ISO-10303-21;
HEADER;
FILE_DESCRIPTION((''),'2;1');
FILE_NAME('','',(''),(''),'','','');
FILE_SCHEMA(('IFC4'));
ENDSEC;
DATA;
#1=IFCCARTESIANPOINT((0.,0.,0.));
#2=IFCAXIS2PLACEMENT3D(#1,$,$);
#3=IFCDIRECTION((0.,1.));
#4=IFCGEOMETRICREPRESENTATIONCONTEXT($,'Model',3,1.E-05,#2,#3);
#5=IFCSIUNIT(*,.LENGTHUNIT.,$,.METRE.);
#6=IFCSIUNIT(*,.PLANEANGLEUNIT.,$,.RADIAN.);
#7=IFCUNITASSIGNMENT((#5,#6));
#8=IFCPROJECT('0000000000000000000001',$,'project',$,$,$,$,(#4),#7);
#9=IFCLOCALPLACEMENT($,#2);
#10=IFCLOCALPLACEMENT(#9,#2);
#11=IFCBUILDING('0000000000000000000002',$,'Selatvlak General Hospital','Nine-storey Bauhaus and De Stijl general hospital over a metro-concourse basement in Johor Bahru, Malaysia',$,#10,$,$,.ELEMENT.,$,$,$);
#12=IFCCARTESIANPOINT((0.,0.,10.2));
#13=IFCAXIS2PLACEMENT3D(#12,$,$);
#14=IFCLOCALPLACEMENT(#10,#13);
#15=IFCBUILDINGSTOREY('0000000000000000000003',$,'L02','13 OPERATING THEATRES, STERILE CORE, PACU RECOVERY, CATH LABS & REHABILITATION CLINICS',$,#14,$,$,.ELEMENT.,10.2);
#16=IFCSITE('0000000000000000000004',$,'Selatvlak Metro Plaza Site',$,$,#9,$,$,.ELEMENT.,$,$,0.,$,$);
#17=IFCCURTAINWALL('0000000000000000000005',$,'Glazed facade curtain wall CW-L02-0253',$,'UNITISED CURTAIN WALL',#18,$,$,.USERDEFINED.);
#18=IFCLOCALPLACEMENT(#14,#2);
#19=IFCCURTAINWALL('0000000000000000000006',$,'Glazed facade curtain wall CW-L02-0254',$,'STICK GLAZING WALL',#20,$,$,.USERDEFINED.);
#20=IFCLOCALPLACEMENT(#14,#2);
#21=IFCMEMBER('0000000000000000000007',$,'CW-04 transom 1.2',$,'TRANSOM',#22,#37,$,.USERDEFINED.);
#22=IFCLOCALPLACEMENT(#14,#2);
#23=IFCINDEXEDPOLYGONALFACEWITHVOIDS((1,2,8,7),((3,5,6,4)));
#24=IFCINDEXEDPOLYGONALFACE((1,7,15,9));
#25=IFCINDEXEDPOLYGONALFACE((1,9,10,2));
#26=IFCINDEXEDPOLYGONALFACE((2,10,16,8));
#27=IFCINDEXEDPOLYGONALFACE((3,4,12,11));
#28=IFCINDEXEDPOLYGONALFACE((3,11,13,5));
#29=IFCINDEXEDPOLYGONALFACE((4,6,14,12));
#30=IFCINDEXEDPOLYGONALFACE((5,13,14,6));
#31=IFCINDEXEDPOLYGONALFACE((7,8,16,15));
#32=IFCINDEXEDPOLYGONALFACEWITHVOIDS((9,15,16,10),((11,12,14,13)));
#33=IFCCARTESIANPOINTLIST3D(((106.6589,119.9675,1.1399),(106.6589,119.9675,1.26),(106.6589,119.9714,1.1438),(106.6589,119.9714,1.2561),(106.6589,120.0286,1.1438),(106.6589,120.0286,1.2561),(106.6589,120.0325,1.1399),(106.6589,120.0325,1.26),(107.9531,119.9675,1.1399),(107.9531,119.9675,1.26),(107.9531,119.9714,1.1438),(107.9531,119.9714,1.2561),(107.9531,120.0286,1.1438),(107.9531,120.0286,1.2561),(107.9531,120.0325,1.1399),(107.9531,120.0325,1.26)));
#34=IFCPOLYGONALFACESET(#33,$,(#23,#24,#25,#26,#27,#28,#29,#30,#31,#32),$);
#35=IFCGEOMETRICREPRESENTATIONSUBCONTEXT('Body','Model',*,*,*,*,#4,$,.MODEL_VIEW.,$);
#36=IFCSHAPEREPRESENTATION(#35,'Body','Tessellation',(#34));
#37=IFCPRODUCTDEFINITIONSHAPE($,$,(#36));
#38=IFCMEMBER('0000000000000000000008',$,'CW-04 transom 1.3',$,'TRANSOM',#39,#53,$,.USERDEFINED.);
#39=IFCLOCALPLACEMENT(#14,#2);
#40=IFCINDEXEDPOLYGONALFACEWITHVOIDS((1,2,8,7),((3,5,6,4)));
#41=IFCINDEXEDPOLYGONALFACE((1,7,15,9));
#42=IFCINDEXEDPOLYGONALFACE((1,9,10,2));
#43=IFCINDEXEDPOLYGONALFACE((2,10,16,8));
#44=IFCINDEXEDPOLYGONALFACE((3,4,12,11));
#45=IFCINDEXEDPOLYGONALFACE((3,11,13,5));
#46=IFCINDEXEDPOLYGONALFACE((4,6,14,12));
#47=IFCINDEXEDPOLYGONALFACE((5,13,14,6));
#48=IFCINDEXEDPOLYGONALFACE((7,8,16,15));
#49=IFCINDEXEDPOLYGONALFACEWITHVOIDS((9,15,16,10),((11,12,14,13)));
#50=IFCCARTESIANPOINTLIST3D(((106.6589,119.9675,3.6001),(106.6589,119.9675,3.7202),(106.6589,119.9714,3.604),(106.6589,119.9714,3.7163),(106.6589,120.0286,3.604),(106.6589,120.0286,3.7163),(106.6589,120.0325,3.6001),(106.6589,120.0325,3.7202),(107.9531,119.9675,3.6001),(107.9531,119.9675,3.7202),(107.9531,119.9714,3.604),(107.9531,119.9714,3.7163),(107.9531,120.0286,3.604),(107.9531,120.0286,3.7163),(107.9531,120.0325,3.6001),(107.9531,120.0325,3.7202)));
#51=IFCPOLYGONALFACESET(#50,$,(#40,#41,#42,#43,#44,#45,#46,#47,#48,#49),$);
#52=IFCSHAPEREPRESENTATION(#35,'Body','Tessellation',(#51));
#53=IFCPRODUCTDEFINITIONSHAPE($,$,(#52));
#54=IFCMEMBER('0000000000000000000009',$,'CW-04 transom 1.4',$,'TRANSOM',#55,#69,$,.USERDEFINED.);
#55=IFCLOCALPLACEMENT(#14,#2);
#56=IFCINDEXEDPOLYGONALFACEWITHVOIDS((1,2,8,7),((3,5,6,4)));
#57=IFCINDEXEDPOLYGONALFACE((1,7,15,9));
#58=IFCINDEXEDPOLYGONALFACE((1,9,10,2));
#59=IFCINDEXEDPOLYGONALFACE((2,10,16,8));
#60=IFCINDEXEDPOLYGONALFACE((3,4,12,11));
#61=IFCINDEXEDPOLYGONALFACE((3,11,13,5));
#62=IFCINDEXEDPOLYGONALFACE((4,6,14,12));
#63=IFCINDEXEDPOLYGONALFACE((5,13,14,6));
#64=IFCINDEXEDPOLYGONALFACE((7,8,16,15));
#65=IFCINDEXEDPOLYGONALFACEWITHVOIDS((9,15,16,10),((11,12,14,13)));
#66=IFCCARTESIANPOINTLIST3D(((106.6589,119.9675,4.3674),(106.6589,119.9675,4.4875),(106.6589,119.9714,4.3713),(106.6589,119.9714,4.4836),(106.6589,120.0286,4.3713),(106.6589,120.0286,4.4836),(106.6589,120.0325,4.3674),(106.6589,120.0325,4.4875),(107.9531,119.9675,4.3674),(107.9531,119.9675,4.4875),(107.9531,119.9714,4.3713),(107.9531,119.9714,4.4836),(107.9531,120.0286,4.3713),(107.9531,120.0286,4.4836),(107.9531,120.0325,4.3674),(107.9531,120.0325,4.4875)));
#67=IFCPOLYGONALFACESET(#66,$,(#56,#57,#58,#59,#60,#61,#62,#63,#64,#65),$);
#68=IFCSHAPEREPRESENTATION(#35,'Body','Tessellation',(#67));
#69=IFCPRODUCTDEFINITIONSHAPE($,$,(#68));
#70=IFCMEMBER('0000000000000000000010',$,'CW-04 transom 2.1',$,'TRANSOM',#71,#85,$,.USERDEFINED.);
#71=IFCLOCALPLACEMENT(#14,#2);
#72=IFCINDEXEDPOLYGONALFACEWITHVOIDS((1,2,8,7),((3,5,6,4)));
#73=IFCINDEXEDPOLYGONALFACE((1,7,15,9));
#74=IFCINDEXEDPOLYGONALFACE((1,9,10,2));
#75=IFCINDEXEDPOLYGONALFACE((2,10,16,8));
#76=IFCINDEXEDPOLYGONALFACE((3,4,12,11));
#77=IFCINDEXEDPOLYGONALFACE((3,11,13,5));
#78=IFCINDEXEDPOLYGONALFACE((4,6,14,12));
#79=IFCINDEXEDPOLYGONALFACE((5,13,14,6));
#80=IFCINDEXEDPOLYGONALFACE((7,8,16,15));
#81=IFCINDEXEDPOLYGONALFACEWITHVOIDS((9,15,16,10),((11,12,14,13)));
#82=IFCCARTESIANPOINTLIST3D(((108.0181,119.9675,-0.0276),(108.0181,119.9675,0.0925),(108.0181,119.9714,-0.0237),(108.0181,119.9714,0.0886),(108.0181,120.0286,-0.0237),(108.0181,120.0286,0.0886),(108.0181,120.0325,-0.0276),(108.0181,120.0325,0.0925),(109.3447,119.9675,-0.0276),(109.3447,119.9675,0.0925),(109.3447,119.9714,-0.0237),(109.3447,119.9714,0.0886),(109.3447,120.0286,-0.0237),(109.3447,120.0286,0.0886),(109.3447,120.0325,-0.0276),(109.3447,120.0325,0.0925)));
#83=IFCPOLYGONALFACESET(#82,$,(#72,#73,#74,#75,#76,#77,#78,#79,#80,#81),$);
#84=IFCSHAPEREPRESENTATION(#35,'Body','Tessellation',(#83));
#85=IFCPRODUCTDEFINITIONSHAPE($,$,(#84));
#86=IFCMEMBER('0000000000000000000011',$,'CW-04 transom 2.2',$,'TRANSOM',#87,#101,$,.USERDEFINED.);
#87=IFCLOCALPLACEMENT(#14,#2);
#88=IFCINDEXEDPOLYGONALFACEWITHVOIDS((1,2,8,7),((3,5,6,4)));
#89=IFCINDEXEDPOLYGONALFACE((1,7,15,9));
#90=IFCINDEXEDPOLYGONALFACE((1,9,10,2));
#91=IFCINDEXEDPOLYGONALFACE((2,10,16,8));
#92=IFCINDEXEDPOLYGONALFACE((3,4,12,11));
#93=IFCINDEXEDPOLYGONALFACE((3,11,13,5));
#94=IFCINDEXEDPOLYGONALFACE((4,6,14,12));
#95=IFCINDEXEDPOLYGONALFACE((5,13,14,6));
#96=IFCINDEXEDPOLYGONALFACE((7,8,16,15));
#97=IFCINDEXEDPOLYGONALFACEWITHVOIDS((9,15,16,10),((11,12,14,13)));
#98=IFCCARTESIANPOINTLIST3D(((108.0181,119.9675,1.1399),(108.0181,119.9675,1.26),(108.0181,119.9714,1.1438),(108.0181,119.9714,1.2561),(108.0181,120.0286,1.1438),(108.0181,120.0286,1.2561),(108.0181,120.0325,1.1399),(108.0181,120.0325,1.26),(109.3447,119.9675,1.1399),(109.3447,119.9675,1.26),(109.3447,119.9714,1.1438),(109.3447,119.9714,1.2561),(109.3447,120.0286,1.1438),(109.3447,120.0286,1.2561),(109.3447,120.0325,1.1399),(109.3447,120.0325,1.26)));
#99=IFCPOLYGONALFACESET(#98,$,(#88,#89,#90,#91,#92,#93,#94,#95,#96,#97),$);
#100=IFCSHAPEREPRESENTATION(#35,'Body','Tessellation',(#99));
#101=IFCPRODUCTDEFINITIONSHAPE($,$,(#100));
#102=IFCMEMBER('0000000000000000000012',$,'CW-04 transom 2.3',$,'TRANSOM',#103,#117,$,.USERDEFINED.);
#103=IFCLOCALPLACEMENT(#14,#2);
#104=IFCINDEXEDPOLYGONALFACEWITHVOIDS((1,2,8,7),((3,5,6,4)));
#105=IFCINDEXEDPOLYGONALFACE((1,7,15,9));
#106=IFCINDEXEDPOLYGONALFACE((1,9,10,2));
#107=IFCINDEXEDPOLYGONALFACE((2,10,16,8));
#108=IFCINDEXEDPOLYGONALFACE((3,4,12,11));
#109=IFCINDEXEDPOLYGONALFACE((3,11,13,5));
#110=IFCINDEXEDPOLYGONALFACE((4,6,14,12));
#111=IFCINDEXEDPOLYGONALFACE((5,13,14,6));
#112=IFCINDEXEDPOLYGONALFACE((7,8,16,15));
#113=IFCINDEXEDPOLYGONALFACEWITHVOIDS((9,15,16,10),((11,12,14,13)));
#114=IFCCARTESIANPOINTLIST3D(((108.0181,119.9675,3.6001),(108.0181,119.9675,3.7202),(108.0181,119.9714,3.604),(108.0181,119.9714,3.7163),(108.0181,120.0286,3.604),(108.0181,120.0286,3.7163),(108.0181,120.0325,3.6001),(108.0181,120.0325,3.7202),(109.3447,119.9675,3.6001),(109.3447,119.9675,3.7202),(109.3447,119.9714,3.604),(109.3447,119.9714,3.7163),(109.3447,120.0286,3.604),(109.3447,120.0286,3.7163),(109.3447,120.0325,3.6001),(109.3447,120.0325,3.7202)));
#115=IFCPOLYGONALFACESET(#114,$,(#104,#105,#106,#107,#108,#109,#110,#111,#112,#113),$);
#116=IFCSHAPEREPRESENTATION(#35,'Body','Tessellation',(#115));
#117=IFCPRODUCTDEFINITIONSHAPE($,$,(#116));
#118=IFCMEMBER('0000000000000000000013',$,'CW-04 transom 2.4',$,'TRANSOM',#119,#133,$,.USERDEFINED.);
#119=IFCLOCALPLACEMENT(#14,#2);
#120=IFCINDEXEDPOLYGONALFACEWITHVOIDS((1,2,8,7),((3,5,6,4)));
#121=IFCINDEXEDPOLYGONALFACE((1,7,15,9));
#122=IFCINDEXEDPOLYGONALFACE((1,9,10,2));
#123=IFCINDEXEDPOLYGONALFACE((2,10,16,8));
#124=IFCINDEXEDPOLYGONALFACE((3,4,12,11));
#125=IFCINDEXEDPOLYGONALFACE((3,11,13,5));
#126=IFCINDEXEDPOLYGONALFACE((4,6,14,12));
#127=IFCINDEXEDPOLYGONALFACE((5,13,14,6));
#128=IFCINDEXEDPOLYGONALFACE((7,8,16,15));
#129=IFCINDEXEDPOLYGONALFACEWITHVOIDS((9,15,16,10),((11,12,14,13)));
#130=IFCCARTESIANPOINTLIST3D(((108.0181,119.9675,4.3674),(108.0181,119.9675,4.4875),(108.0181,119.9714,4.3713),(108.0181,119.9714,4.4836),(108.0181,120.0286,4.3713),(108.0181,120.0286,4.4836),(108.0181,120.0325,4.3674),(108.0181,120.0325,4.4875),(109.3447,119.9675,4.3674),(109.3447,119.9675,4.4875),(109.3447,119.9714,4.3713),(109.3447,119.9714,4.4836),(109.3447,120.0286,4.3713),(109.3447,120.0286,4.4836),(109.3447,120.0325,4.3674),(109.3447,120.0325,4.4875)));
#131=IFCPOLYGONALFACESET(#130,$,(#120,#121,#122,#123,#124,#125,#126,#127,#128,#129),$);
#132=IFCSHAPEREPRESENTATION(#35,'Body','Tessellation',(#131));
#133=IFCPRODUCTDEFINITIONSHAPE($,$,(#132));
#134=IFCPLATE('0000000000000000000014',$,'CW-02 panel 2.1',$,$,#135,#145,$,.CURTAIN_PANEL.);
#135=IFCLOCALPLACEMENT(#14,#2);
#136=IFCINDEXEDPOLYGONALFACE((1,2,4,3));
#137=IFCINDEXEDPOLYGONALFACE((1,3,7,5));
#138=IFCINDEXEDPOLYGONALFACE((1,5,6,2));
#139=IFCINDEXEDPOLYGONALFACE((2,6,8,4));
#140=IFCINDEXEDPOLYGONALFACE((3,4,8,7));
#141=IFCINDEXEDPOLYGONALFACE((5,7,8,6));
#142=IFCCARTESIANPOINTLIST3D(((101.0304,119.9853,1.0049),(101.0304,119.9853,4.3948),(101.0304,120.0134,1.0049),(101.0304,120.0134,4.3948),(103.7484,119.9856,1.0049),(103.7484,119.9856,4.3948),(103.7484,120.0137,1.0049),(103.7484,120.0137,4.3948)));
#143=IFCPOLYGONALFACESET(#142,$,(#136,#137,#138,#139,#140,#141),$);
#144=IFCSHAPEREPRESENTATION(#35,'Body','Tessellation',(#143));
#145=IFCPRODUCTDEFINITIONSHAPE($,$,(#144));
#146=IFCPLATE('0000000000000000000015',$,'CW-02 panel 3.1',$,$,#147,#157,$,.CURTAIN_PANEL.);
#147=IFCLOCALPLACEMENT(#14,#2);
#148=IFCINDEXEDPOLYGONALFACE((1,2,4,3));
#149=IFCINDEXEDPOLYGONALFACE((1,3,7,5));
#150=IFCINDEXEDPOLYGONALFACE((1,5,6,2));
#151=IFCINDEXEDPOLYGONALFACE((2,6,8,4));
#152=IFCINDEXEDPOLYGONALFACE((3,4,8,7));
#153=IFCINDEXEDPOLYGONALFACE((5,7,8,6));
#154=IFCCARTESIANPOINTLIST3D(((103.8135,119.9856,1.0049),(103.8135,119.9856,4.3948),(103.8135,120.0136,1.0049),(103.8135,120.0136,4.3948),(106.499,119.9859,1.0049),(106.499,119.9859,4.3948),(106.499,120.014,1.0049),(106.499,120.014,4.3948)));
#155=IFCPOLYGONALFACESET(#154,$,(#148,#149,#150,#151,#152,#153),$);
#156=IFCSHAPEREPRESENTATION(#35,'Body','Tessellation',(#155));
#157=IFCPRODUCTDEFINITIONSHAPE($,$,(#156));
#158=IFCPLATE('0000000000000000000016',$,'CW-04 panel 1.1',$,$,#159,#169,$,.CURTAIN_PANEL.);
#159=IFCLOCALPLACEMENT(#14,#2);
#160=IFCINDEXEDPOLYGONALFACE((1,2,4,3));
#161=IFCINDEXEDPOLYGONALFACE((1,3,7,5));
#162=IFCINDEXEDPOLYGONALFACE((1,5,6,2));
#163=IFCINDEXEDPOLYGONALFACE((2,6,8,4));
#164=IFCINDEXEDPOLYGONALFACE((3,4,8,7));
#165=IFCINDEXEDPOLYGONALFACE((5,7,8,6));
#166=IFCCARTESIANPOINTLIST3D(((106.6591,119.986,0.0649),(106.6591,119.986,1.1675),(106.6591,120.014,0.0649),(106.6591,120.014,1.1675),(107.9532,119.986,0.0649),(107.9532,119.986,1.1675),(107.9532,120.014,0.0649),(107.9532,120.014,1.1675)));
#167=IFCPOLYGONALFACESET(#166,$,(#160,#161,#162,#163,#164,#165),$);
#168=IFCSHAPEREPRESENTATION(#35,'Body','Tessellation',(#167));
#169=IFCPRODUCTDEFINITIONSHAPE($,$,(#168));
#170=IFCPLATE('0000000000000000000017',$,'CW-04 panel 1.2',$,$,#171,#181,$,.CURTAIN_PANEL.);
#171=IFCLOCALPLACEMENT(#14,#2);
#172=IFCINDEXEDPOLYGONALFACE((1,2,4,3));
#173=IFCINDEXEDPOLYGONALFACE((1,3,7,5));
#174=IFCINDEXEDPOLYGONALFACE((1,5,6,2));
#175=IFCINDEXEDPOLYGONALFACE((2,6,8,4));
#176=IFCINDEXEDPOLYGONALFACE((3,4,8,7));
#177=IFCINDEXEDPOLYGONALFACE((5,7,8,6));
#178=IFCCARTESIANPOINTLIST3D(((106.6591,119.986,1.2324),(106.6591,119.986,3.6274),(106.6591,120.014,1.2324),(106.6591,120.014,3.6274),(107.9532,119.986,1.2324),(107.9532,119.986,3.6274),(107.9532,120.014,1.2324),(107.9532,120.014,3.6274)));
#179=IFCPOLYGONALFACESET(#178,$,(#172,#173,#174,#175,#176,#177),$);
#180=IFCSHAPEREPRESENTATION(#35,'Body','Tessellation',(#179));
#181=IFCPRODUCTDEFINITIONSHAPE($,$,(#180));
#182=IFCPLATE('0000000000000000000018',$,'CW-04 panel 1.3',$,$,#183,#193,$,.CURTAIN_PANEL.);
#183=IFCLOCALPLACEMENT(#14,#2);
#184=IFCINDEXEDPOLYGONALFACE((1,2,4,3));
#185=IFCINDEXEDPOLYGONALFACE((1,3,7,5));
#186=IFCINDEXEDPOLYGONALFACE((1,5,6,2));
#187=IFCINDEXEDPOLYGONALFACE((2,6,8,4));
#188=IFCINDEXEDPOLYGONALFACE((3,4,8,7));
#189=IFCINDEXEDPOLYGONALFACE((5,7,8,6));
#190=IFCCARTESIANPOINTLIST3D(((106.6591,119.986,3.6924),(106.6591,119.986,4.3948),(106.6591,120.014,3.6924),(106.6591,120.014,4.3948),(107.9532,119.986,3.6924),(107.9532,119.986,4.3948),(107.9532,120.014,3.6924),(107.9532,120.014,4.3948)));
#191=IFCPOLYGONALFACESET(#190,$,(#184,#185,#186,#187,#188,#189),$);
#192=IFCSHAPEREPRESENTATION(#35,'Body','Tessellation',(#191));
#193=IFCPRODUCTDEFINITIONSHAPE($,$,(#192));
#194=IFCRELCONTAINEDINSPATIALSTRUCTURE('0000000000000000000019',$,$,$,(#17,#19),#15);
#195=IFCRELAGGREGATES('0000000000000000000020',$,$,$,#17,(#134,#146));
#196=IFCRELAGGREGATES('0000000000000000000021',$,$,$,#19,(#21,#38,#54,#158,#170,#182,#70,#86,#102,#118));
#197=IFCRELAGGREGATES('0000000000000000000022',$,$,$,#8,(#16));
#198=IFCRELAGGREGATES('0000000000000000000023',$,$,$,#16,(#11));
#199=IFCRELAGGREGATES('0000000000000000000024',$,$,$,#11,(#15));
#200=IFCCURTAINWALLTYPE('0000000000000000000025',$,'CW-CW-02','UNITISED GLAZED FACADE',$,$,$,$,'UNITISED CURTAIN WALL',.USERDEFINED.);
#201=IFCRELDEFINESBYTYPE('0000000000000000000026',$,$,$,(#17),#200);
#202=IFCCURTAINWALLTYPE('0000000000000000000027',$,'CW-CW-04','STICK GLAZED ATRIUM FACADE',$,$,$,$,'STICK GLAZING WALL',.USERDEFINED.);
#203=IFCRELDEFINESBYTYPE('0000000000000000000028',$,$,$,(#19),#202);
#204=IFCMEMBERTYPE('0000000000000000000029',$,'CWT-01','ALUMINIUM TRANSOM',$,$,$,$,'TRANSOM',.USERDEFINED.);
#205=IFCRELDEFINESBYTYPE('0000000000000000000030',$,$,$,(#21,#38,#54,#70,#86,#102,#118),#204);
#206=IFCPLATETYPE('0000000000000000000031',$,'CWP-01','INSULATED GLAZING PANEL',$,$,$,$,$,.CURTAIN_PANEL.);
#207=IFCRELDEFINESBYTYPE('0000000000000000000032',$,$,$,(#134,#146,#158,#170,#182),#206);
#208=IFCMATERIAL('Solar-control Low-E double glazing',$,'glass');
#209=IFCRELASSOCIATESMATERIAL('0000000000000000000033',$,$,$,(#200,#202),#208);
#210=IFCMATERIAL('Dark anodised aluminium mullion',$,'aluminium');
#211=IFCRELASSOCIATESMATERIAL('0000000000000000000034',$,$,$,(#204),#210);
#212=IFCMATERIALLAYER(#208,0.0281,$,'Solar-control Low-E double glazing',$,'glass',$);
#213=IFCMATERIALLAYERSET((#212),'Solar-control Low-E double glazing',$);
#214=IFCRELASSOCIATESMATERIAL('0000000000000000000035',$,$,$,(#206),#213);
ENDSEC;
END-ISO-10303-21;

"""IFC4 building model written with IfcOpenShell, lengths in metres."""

from ifc_helpers import new_model, si_unit, direction, frame, origin, origin_2d, place, context, subcontext, project, spatial, rectangle, hollow_rectangle, extrude, material, layer, layer_set, material_profile, profile_set, type_object, element, aggregate, save


model = new_model("IFC4")

# Units and contexts
model_context = context("Model", 3, precision=1e-05, world=origin(), true_north=direction((0.0, 1.0)))
body_context = subcontext(model_context, "Body", "Model", "MODEL_VIEW")
ifc_project = project(units=[si_unit("LENGTHUNIT", "METRE"), si_unit("PLANEANGLEUNIT", "RADIAN")], contexts=[model_context])

# Site, building, storey
site_placement = place(None, origin())
site = spatial("IfcSite", under=ifc_project, at=site_placement, Name="Selatvlak Metro Plaza Site", CompositionType="ELEMENT", RefElevation=0.0)
building_placement = place(site_placement, origin())
building = spatial("IfcBuilding", under=site, at=building_placement, Name="Selatvlak General Hospital", Description="Nine-storey Bauhaus and De Stijl general hospital over a metro-concourse basement in Johor Bahru, Malaysia", CompositionType="ELEMENT")
storey_placement = place(building_placement, frame((0.0, 0.0, 10.2)))
storey = spatial("IfcBuildingStorey", under=building, at=storey_placement, Name="L02", Description="13 OPERATING THEATRES, STERILE CORE, PACU RECOVERY, CATH LABS & REHABILITATION CLINICS", CompositionType="ELEMENT", Elevation=10.2)

# Curtain walls
ifc_material_1 = material(Name="Solar-control Low-E double glazing", Category="glass")
curtain_wall_type_1 = type_object("IfcCurtainWallType", Name="CW-CW-02", Description="UNITISED GLAZED FACADE", ElementType="UNITISED CURTAIN WALL", PredefinedType="USERDEFINED", material=ifc_material_1)
curtain_wall_1_placement = place(storey_placement, origin())
curtain_wall_1 = element("IfcCurtainWall", 1, at=curtain_wall_1_placement, inside=storey, type_object=curtain_wall_type_1, Name="Glazed facade curtain wall CW-L02-0253", ObjectType="UNITISED CURTAIN WALL", PredefinedType="USERDEFINED")
ifc_material_2 = material(Name="Dark anodised aluminium mullion", Category="aluminium")
curtain_wall_type_2 = type_object("IfcCurtainWallType", Name="CW-CW-04", Description="STICK GLAZED ATRIUM FACADE", ElementType="STICK GLAZING WALL", PredefinedType="USERDEFINED", material=ifc_material_1)
curtain_wall_2_placement = place(storey_placement, origin())
curtain_wall_2 = element("IfcCurtainWall", 2, at=curtain_wall_2_placement, inside=storey, type_object=curtain_wall_type_2, Name="Glazed facade curtain wall CW-L02-0254", ObjectType="STICK GLAZING WALL", PredefinedType="USERDEFINED")

# Members
ifc_material_profile_1 = material_profile(ifc_material_2, hollow_rectangle(XDim=0.0649, YDim=0.1201, WallThickness=0.0039, at=origin_2d()), Name="AL-TRN 65x120x4")
ifc_profile_set_1 = profile_set([ifc_material_profile_1], Name="Dark anodised aluminium mullion")
member_type_1 = type_object("IfcMemberType", Name="CWT-01", Description="ALUMINIUM TRANSOM", ElementType="TRANSOM", PredefinedType="USERDEFINED", material=ifc_profile_set_1)
member_1_placement = place(storey_placement, frame((106.6589, 120.0, 1.2), z_axis=(1.0, 0.0, 0.0), x_axis=(0.0, 1.0, 0.0)))
member_1 = element("IfcMember", 3, at=member_1_placement, type_object=member_type_1, Name="CW-04 transom 1.2", ObjectType="TRANSOM", PredefinedType="USERDEFINED", context=body_context, shape_type="SweptSolid", body=[
    extrude(hollow_rectangle(XDim=0.0649, YDim=0.1201, WallThickness=0.0039, at=origin_2d()), origin(), (0.0, 0.0, 1.0), 1.2942),
])
member_2_placement = place(storey_placement, frame((106.6589, 120.0, 3.6602), z_axis=(1.0, 0.0, 0.0), x_axis=(0.0, 1.0, 0.0)))
member_2 = element("IfcMember", 4, at=member_2_placement, type_object=member_type_1, Name="CW-04 transom 1.3", ObjectType="TRANSOM", PredefinedType="USERDEFINED", context=body_context, shape_type="SweptSolid", body=[
    extrude(hollow_rectangle(XDim=0.0649, YDim=0.1201, WallThickness=0.0039, at=origin_2d()), origin(), (0.0, 0.0, 1.0), 1.2942),
])
member_3_placement = place(storey_placement, frame((106.6589, 120.0, 4.4275), z_axis=(1.0, 0.0, 0.0), x_axis=(0.0, 1.0, 0.0)))
member_3 = element("IfcMember", 5, at=member_3_placement, type_object=member_type_1, Name="CW-04 transom 1.4", ObjectType="TRANSOM", PredefinedType="USERDEFINED", context=body_context, shape_type="SweptSolid", body=[
    extrude(hollow_rectangle(XDim=0.0649, YDim=0.1201, WallThickness=0.0039, at=origin_2d()), origin(), (0.0, 0.0, 1.0), 1.2942),
])
member_4_placement = place(storey_placement, frame((108.0181, 120.0, 0.0325), z_axis=(1.0, 0.0, 0.0), x_axis=(0.0, 1.0, 0.0)))
member_4 = element("IfcMember", 6, at=member_4_placement, type_object=member_type_1, Name="CW-04 transom 2.1", ObjectType="TRANSOM", PredefinedType="USERDEFINED", context=body_context, shape_type="SweptSolid", body=[
    extrude(hollow_rectangle(XDim=0.0649, YDim=0.1201, WallThickness=0.0039, at=origin_2d()), origin(), (0.0, 0.0, 1.0), 1.3267),
])
member_5_placement = place(storey_placement, frame((108.0181, 120.0, 1.2), z_axis=(1.0, 0.0, 0.0), x_axis=(0.0, 1.0, 0.0)))
member_5 = element("IfcMember", 7, at=member_5_placement, type_object=member_type_1, Name="CW-04 transom 2.2", ObjectType="TRANSOM", PredefinedType="USERDEFINED", context=body_context, shape_type="SweptSolid", body=[
    extrude(hollow_rectangle(XDim=0.0649, YDim=0.1201, WallThickness=0.0039, at=origin_2d()), origin(), (0.0, 0.0, 1.0), 1.3267),
])
member_6_placement = place(storey_placement, frame((108.0181, 120.0, 3.6602), z_axis=(1.0, 0.0, 0.0), x_axis=(0.0, 1.0, 0.0)))
member_6 = element("IfcMember", 8, at=member_6_placement, type_object=member_type_1, Name="CW-04 transom 2.3", ObjectType="TRANSOM", PredefinedType="USERDEFINED", context=body_context, shape_type="SweptSolid", body=[
    extrude(hollow_rectangle(XDim=0.0649, YDim=0.1201, WallThickness=0.0039, at=origin_2d()), origin(), (0.0, 0.0, 1.0), 1.3267),
])
member_7_placement = place(storey_placement, frame((108.0181, 120.0, 4.4275), z_axis=(1.0, 0.0, 0.0), x_axis=(0.0, 1.0, 0.0)))
member_7 = element("IfcMember", 9, at=member_7_placement, type_object=member_type_1, Name="CW-04 transom 2.4", ObjectType="TRANSOM", PredefinedType="USERDEFINED", context=body_context, shape_type="SweptSolid", body=[
    extrude(hollow_rectangle(XDim=0.0649, YDim=0.1201, WallThickness=0.0039, at=origin_2d()), origin(), (0.0, 0.0, 1.0), 1.3267),
])

# Plates
ifc_layer_1 = layer(ifc_material_1, 0.0281, Name="Solar-control Low-E double glazing", Category="glass")
ifc_layer_set_1 = layer_set([ifc_layer_1], Name="Solar-control Low-E double glazing")
plate_type = type_object("IfcPlateType", Name="CWP-01", Description="INSULATED GLAZING PANEL", PredefinedType="CURTAIN_PANEL", material=ifc_layer_set_1)
plate_1_placement = place(storey_placement, frame((102.3894, 119.9995, 1.0049), z_axis=(0.0, 0.0, 1.0), x_axis=(1.0, 0.00012, 0.0)))
plate_1 = element("IfcPlate", 10, at=plate_1_placement, type_object=plate_type, Name="CW-02 panel 2.1", PredefinedType="CURTAIN_PANEL", context=body_context, shape_type="SweptSolid", body=[
    extrude(rectangle(XDim=2.718, YDim=0.0281, at=origin_2d()), origin(), (0.0, 0.0, 1.0), 3.3899),
])
plate_2_placement = place(storey_placement, frame((105.1562, 119.9998, 1.0049), z_axis=(0.0, 0.0, 1.0), x_axis=(1.0, 0.00012, 0.0)))
plate_2 = element("IfcPlate", 11, at=plate_2_placement, type_object=plate_type, Name="CW-02 panel 3.1", PredefinedType="CURTAIN_PANEL", context=body_context, shape_type="SweptSolid", body=[
    extrude(rectangle(XDim=2.6855, YDim=0.0281, at=origin_2d()), origin(), (0.0, 0.0, 1.0), 3.3899),
])
aggregate(curtain_wall_1, [plate_1, plate_2])
plate_3_placement = place(storey_placement, frame((107.3062, 120.0, 0.0649), z_axis=(0.0, 0.0, 1.0), x_axis=(1.0, 0.0, 0.0)))
plate_3 = element("IfcPlate", 12, at=plate_3_placement, type_object=plate_type, Name="CW-04 panel 1.1", PredefinedType="CURTAIN_PANEL", context=body_context, shape_type="SweptSolid", body=[
    extrude(rectangle(XDim=1.2942, YDim=0.0281, at=origin_2d()), origin(), (0.0, 0.0, 1.0), 1.1025),
])
plate_4_placement = place(storey_placement, frame((107.3062, 120.0, 1.2324), z_axis=(0.0, 0.0, 1.0), x_axis=(1.0, 0.0, 0.0)))
plate_4 = element("IfcPlate", 13, at=plate_4_placement, type_object=plate_type, Name="CW-04 panel 1.2", PredefinedType="CURTAIN_PANEL", context=body_context, shape_type="SweptSolid", body=[
    extrude(rectangle(XDim=1.2942, YDim=0.0281, at=origin_2d()), origin(), (0.0, 0.0, 1.0), 2.395),
])
plate_5_placement = place(storey_placement, frame((107.3062, 120.0, 3.6924), z_axis=(0.0, 0.0, 1.0), x_axis=(1.0, 0.0, 0.0)))
plate_5 = element("IfcPlate", 14, at=plate_5_placement, type_object=plate_type, Name="CW-04 panel 1.3", PredefinedType="CURTAIN_PANEL", context=body_context, shape_type="SweptSolid", body=[
    extrude(rectangle(XDim=1.2942, YDim=0.0281, at=origin_2d()), origin(), (0.0, 0.0, 1.0), 0.7024),
])
aggregate(curtain_wall_2, [member_1, member_2, member_3, plate_3, plate_4, plate_5, member_4, member_5, member_6, member_7])

save(model, "model.ifc")
